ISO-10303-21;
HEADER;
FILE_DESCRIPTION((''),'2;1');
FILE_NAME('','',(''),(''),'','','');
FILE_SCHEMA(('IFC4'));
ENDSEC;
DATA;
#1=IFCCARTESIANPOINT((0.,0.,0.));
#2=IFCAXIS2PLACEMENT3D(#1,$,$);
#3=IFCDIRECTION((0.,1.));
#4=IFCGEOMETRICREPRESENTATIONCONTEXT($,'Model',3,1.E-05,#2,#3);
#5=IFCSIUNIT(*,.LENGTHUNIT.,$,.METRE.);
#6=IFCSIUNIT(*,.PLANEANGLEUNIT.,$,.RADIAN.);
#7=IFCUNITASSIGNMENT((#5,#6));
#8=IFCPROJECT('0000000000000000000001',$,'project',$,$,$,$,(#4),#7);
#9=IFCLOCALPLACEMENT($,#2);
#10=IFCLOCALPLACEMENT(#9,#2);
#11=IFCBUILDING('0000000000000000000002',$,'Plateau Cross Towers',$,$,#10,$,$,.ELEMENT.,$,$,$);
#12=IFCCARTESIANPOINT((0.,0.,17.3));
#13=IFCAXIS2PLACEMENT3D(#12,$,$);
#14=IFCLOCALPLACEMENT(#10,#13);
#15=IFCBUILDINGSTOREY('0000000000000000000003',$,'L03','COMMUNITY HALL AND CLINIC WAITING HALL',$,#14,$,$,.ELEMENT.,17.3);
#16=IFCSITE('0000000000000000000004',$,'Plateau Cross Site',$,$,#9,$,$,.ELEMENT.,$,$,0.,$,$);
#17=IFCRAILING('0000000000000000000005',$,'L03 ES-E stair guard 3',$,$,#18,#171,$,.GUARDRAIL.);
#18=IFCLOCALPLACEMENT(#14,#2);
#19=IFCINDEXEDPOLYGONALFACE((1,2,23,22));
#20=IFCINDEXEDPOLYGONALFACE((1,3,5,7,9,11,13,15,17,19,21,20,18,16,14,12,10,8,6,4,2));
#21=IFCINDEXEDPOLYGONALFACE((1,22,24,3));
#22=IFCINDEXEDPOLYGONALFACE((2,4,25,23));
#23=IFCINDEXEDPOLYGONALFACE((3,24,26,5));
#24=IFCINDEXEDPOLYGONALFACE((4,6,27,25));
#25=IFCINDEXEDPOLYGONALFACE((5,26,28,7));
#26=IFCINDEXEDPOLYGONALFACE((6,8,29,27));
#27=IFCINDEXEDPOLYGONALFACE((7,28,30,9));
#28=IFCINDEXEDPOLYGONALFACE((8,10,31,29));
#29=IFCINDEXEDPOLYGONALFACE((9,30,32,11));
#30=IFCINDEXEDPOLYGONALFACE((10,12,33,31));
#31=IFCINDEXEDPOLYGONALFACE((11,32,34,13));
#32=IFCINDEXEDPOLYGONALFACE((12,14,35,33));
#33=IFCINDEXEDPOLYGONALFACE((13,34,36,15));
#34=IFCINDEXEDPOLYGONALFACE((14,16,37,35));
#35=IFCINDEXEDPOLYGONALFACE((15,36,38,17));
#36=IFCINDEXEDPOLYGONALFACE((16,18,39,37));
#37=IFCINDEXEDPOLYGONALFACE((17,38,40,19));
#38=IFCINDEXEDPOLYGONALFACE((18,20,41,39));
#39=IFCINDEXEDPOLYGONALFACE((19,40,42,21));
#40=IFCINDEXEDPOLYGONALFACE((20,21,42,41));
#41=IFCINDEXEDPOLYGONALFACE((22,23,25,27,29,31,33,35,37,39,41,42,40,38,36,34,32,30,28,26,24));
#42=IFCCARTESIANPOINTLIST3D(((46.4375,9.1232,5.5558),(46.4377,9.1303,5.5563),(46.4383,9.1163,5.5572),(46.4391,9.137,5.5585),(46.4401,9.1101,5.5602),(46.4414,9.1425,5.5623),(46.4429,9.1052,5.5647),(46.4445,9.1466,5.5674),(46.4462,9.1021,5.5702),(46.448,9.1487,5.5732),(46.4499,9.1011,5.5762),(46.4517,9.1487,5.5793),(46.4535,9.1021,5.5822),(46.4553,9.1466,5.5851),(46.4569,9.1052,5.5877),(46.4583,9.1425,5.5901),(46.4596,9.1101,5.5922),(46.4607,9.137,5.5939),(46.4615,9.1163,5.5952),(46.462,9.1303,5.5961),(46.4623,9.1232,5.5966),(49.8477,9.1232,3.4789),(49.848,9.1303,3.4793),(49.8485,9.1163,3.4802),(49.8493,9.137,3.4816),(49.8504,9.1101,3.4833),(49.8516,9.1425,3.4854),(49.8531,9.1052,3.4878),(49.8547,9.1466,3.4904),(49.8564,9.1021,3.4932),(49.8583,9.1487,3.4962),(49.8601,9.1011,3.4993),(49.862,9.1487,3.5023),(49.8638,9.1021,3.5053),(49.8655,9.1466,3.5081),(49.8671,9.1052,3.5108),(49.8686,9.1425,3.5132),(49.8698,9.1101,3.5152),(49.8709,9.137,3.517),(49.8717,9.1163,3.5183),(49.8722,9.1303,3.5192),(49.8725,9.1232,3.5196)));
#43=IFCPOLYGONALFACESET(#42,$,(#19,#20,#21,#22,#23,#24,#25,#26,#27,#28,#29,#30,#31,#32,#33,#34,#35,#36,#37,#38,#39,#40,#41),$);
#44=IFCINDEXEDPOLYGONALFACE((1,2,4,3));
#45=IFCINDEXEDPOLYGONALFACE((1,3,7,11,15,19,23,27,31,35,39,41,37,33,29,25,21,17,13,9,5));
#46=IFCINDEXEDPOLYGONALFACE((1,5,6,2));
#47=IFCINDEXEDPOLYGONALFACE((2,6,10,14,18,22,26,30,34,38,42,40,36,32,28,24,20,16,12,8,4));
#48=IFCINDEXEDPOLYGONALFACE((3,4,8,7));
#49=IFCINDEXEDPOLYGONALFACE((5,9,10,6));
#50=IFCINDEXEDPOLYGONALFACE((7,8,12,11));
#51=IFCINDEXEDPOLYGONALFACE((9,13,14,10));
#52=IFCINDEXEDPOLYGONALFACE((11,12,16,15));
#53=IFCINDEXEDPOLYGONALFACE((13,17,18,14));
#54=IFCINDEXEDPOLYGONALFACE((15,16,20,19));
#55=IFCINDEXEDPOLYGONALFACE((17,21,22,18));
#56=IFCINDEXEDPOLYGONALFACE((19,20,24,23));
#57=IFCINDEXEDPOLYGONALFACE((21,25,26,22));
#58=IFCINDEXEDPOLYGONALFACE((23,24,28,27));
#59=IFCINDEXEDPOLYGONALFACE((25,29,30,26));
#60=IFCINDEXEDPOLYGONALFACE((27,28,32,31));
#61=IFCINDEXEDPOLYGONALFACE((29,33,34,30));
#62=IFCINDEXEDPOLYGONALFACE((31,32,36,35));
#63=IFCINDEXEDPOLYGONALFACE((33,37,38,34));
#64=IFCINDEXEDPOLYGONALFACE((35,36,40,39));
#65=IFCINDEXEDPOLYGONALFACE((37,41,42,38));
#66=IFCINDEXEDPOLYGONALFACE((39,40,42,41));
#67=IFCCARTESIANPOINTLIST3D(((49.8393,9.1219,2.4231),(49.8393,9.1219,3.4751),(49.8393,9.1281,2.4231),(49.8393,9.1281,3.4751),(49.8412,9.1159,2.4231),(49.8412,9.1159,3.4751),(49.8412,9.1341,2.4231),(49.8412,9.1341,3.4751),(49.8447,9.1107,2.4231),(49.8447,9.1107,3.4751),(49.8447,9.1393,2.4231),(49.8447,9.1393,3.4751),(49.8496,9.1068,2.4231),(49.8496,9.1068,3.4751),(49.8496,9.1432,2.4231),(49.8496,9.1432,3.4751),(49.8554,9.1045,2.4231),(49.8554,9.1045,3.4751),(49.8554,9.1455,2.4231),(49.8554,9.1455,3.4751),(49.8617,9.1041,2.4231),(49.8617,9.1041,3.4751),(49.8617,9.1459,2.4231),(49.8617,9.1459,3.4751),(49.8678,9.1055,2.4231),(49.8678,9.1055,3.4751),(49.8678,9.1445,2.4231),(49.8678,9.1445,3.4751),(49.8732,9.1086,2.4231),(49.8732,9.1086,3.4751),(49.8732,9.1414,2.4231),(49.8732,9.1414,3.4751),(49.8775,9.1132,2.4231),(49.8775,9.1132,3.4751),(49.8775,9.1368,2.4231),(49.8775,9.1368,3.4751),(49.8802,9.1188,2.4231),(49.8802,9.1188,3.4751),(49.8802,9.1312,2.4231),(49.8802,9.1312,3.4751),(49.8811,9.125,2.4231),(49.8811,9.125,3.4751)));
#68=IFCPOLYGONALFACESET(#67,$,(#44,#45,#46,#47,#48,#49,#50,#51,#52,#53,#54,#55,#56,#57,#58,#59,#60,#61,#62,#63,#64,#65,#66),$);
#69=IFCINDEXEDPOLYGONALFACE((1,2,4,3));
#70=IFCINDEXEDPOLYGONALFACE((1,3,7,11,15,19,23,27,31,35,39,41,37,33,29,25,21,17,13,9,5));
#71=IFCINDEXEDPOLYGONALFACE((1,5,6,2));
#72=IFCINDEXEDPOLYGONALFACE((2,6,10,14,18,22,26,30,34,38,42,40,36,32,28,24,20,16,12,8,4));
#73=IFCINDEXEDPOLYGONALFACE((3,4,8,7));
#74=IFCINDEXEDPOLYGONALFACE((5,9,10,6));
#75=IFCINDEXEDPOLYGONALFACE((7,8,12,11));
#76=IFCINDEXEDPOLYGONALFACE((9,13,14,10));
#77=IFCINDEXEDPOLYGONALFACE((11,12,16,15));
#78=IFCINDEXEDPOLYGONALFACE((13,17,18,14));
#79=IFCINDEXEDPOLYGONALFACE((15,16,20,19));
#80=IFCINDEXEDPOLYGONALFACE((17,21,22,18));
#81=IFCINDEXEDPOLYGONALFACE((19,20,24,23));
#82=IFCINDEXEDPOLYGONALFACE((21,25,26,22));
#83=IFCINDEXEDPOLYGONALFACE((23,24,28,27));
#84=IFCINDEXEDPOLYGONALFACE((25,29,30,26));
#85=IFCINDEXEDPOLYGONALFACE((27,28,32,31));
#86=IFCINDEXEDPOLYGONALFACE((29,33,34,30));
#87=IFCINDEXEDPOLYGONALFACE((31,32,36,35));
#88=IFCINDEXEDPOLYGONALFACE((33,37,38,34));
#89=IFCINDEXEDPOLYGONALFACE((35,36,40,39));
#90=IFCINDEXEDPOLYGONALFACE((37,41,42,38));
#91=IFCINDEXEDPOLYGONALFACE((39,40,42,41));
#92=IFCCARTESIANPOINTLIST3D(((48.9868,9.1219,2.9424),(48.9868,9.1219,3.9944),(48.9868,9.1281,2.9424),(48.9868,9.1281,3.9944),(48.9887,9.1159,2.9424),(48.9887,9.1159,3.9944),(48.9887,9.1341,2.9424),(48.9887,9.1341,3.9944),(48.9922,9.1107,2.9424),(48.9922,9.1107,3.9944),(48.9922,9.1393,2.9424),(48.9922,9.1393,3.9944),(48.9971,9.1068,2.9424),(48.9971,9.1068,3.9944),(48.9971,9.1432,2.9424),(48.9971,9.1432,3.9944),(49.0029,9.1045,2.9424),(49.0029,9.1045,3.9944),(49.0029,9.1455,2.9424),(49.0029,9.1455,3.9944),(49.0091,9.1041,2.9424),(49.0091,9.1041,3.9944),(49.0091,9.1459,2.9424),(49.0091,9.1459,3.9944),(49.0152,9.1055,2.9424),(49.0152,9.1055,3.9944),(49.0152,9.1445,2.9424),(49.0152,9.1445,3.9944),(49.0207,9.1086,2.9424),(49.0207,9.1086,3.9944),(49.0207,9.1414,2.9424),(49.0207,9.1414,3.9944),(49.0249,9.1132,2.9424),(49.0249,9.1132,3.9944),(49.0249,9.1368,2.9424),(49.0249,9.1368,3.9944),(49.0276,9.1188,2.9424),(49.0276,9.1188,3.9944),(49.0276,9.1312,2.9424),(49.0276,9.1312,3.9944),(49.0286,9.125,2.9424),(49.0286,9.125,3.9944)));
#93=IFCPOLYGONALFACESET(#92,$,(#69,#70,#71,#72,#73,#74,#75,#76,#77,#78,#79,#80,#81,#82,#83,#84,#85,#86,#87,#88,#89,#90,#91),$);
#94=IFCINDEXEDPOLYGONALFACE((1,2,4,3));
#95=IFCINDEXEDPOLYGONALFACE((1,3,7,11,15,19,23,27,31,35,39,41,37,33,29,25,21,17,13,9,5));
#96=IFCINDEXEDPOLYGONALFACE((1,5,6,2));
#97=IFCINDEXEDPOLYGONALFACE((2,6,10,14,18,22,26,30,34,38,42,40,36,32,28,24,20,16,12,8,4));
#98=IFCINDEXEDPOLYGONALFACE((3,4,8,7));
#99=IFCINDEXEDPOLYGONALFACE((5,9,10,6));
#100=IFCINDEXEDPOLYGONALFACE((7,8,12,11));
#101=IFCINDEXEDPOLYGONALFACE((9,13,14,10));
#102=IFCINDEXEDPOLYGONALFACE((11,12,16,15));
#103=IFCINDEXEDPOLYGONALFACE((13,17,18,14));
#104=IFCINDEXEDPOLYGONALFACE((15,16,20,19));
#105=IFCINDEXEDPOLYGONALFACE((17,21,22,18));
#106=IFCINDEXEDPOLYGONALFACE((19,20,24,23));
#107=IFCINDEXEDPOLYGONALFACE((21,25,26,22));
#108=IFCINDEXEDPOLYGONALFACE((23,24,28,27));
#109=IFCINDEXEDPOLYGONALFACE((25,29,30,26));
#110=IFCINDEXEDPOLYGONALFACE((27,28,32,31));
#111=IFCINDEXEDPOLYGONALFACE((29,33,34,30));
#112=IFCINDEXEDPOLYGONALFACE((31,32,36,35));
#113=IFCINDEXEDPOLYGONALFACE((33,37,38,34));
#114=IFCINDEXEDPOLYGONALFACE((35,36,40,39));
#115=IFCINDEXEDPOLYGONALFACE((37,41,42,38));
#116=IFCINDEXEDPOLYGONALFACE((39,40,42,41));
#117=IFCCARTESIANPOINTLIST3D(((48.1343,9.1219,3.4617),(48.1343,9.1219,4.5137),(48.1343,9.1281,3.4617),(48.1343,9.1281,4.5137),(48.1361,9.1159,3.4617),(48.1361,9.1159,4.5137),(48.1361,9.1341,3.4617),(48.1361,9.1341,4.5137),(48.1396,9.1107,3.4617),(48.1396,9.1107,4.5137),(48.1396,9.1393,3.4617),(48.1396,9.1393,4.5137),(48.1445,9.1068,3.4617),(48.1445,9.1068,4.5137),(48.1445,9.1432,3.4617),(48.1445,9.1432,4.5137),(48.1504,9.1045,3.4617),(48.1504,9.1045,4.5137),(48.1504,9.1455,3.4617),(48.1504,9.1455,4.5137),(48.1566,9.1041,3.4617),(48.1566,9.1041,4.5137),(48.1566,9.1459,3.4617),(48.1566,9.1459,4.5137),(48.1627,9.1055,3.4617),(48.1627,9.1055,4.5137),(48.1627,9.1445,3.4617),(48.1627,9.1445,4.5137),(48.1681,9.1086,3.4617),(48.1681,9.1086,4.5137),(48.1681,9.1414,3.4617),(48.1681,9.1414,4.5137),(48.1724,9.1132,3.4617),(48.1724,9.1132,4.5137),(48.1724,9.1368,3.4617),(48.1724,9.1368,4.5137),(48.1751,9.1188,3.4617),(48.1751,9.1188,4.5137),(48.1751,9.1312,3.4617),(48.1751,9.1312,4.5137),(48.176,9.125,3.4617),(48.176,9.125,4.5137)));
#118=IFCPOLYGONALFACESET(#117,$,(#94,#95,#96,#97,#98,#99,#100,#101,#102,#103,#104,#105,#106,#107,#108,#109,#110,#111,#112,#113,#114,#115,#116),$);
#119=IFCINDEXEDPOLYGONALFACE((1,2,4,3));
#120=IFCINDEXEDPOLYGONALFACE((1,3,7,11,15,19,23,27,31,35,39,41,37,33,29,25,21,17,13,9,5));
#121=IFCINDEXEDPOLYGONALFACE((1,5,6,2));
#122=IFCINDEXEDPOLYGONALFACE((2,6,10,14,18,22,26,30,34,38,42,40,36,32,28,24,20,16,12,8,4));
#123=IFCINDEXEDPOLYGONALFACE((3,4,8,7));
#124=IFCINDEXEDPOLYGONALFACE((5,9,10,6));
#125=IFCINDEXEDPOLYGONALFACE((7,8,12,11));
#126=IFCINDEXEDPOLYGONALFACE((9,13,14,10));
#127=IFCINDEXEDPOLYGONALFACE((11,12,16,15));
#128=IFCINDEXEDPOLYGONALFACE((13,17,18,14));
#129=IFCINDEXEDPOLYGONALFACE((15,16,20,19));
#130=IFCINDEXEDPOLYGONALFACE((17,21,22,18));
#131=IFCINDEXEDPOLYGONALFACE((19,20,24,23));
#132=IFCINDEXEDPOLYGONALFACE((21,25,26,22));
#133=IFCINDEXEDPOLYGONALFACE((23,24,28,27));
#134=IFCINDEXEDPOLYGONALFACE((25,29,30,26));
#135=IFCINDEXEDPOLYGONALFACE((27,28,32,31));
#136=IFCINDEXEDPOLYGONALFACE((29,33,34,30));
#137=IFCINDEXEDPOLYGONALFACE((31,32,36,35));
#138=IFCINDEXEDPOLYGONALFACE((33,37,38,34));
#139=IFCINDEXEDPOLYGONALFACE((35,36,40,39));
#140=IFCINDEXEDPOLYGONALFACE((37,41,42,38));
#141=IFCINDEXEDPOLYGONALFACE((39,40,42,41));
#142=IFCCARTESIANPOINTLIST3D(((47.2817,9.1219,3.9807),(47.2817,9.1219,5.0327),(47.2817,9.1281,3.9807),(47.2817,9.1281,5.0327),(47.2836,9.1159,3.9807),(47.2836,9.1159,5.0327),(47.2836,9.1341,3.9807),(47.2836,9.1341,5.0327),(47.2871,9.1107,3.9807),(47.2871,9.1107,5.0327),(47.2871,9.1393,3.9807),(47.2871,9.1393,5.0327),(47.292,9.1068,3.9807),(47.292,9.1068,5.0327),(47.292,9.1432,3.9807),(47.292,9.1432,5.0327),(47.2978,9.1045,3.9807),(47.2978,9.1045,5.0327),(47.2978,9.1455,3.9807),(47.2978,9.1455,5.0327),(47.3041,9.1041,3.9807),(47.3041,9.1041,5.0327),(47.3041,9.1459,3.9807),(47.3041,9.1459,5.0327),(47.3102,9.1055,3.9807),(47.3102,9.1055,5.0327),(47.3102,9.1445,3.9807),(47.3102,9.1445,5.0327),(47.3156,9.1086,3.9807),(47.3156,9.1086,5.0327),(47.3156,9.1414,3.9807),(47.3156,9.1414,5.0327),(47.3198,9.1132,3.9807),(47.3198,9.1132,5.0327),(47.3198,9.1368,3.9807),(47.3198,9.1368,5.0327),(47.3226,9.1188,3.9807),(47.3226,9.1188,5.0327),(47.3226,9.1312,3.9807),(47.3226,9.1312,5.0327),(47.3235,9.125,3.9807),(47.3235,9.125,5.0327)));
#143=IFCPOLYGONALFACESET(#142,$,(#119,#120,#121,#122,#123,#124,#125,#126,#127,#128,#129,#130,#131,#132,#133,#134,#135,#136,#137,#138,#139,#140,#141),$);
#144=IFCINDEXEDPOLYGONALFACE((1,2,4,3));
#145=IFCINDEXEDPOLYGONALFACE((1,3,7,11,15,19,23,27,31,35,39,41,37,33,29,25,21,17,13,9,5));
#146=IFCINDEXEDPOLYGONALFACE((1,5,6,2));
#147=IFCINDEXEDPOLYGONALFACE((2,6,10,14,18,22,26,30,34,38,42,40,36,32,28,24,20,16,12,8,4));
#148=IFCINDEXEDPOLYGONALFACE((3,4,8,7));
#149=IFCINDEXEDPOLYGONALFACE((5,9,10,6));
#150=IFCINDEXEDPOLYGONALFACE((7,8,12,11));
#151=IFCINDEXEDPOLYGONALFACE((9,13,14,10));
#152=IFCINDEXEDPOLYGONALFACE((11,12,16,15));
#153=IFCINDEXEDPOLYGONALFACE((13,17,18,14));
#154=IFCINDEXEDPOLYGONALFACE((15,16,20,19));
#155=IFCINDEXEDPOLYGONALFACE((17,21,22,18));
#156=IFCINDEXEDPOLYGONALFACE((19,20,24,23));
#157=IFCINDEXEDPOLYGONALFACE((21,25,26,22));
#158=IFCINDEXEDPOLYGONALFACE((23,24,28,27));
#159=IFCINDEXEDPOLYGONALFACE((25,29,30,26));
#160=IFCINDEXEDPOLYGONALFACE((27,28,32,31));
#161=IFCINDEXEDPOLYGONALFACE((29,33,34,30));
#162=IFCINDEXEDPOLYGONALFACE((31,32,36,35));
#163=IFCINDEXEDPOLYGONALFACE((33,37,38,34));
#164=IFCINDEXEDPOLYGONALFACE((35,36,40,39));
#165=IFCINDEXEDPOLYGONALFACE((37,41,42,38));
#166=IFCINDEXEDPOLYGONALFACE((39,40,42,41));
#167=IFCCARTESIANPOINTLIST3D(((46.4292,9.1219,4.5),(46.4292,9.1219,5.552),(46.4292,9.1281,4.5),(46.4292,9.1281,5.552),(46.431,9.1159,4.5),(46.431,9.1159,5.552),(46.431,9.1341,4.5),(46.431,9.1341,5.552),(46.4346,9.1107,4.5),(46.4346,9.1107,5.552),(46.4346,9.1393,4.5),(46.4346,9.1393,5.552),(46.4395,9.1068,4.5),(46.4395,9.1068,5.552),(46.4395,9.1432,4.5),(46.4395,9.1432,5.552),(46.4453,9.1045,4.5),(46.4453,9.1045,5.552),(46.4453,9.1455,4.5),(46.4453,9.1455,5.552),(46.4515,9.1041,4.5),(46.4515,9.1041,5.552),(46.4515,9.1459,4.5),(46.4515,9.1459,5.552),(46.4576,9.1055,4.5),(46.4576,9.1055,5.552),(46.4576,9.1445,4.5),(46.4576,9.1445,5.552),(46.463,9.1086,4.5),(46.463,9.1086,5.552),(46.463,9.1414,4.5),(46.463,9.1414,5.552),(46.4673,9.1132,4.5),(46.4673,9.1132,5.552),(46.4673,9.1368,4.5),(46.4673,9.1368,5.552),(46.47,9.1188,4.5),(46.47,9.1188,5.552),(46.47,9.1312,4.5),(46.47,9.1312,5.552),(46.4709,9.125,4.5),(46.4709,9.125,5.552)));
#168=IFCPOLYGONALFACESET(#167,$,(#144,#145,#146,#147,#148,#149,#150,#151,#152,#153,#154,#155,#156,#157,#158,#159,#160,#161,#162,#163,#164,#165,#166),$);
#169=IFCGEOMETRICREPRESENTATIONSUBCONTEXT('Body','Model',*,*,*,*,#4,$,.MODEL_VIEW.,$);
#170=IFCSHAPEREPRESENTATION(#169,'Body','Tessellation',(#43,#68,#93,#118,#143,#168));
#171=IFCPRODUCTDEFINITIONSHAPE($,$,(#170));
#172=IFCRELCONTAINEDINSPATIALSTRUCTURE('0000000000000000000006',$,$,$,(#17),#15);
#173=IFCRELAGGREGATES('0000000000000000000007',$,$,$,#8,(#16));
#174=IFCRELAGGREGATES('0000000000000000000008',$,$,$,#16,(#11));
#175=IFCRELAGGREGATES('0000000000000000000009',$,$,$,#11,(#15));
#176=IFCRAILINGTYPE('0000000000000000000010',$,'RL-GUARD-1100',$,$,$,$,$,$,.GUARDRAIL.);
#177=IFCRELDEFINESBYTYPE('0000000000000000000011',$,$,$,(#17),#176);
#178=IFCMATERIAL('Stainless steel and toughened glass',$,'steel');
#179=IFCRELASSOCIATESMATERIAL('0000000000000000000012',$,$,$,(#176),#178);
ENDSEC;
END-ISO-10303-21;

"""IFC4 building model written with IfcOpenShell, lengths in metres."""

from ifc_helpers import new_model, si_unit, direction, frame, origin, origin_2d, place, context, subcontext, project, spatial, circle, extrude, material, type_object, element, save


model = new_model("IFC4")

# Units and contexts
model_context = context("Model", 3, precision=1e-05, world=origin(), true_north=direction((0.0, 1.0)))
body_context = subcontext(model_context, "Body", "Model", "MODEL_VIEW")
ifc_project = project(units=[si_unit("LENGTHUNIT", "METRE"), si_unit("PLANEANGLEUNIT", "RADIAN")], contexts=[model_context])

# Site, building, storey
site_placement = place(None, origin())
site = spatial("IfcSite", under=ifc_project, at=site_placement, Name="Plateau Cross Site", CompositionType="ELEMENT", RefElevation=0.0)
building_placement = place(site_placement, origin())
building = spatial("IfcBuilding", under=site, at=building_placement, Name="Plateau Cross Towers", CompositionType="ELEMENT")
storey_placement = place(building_placement, frame((0.0, 0.0, 17.3)))
storey = spatial("IfcBuildingStorey", under=building, at=storey_placement, Name="L03", Description="COMMUNITY HALL AND CLINIC WAITING HALL", CompositionType="ELEMENT", Elevation=17.3)

# Railing
ifc_material_1 = material(Name="Stainless steel and toughened glass", Category="steel")
railing_type_1 = type_object("IfcRailingType", Name="RL-GUARD-1100", PredefinedType="GUARDRAIL", material=ifc_material_1)
railing_1_placement = place(storey_placement, frame((49.8601, 9.125, 2.4231)))
element("IfcRailing", 1, at=railing_1_placement, inside=storey, type_object=railing_type_1, Name="L03 ES-E stair guard 3", PredefinedType="GUARDRAIL", context=body_context, shape_type="SweptSolid", body=[
    extrude(circle(Radius=0.0239, at=origin_2d()), frame((0.0, 0.0, 1.0762), z_axis=(-0.85407, 0.0, 0.520158), x_axis=(0.0, -1.0, 0.0)), (0.0, 0.0, 1.0), 3.9929),
    extrude(circle(Radius=0.021, at=origin_2d()), origin(), (0.0, 0.0, 1.0), 1.052),
    extrude(circle(Radius=0.021, at=origin_2d()), frame((-0.8525, 0.0, 0.5193)), (0.0, 0.0, 1.0), 1.052),
    extrude(circle(Radius=0.021, at=origin_2d()), frame((-1.7051, 0.0, 1.0386)), (0.0, 0.0, 1.0), 1.052),
    extrude(circle(Radius=0.021, at=origin_2d()), frame((-2.5576, 0.0, 1.5576)), (0.0, 0.0, 1.0), 1.052),
    extrude(circle(Radius=0.021, at=origin_2d()), frame((-3.4102, 0.0, 2.0769)), (0.0, 0.0, 1.0), 1.052),
])

save(model, "model.ifc")
